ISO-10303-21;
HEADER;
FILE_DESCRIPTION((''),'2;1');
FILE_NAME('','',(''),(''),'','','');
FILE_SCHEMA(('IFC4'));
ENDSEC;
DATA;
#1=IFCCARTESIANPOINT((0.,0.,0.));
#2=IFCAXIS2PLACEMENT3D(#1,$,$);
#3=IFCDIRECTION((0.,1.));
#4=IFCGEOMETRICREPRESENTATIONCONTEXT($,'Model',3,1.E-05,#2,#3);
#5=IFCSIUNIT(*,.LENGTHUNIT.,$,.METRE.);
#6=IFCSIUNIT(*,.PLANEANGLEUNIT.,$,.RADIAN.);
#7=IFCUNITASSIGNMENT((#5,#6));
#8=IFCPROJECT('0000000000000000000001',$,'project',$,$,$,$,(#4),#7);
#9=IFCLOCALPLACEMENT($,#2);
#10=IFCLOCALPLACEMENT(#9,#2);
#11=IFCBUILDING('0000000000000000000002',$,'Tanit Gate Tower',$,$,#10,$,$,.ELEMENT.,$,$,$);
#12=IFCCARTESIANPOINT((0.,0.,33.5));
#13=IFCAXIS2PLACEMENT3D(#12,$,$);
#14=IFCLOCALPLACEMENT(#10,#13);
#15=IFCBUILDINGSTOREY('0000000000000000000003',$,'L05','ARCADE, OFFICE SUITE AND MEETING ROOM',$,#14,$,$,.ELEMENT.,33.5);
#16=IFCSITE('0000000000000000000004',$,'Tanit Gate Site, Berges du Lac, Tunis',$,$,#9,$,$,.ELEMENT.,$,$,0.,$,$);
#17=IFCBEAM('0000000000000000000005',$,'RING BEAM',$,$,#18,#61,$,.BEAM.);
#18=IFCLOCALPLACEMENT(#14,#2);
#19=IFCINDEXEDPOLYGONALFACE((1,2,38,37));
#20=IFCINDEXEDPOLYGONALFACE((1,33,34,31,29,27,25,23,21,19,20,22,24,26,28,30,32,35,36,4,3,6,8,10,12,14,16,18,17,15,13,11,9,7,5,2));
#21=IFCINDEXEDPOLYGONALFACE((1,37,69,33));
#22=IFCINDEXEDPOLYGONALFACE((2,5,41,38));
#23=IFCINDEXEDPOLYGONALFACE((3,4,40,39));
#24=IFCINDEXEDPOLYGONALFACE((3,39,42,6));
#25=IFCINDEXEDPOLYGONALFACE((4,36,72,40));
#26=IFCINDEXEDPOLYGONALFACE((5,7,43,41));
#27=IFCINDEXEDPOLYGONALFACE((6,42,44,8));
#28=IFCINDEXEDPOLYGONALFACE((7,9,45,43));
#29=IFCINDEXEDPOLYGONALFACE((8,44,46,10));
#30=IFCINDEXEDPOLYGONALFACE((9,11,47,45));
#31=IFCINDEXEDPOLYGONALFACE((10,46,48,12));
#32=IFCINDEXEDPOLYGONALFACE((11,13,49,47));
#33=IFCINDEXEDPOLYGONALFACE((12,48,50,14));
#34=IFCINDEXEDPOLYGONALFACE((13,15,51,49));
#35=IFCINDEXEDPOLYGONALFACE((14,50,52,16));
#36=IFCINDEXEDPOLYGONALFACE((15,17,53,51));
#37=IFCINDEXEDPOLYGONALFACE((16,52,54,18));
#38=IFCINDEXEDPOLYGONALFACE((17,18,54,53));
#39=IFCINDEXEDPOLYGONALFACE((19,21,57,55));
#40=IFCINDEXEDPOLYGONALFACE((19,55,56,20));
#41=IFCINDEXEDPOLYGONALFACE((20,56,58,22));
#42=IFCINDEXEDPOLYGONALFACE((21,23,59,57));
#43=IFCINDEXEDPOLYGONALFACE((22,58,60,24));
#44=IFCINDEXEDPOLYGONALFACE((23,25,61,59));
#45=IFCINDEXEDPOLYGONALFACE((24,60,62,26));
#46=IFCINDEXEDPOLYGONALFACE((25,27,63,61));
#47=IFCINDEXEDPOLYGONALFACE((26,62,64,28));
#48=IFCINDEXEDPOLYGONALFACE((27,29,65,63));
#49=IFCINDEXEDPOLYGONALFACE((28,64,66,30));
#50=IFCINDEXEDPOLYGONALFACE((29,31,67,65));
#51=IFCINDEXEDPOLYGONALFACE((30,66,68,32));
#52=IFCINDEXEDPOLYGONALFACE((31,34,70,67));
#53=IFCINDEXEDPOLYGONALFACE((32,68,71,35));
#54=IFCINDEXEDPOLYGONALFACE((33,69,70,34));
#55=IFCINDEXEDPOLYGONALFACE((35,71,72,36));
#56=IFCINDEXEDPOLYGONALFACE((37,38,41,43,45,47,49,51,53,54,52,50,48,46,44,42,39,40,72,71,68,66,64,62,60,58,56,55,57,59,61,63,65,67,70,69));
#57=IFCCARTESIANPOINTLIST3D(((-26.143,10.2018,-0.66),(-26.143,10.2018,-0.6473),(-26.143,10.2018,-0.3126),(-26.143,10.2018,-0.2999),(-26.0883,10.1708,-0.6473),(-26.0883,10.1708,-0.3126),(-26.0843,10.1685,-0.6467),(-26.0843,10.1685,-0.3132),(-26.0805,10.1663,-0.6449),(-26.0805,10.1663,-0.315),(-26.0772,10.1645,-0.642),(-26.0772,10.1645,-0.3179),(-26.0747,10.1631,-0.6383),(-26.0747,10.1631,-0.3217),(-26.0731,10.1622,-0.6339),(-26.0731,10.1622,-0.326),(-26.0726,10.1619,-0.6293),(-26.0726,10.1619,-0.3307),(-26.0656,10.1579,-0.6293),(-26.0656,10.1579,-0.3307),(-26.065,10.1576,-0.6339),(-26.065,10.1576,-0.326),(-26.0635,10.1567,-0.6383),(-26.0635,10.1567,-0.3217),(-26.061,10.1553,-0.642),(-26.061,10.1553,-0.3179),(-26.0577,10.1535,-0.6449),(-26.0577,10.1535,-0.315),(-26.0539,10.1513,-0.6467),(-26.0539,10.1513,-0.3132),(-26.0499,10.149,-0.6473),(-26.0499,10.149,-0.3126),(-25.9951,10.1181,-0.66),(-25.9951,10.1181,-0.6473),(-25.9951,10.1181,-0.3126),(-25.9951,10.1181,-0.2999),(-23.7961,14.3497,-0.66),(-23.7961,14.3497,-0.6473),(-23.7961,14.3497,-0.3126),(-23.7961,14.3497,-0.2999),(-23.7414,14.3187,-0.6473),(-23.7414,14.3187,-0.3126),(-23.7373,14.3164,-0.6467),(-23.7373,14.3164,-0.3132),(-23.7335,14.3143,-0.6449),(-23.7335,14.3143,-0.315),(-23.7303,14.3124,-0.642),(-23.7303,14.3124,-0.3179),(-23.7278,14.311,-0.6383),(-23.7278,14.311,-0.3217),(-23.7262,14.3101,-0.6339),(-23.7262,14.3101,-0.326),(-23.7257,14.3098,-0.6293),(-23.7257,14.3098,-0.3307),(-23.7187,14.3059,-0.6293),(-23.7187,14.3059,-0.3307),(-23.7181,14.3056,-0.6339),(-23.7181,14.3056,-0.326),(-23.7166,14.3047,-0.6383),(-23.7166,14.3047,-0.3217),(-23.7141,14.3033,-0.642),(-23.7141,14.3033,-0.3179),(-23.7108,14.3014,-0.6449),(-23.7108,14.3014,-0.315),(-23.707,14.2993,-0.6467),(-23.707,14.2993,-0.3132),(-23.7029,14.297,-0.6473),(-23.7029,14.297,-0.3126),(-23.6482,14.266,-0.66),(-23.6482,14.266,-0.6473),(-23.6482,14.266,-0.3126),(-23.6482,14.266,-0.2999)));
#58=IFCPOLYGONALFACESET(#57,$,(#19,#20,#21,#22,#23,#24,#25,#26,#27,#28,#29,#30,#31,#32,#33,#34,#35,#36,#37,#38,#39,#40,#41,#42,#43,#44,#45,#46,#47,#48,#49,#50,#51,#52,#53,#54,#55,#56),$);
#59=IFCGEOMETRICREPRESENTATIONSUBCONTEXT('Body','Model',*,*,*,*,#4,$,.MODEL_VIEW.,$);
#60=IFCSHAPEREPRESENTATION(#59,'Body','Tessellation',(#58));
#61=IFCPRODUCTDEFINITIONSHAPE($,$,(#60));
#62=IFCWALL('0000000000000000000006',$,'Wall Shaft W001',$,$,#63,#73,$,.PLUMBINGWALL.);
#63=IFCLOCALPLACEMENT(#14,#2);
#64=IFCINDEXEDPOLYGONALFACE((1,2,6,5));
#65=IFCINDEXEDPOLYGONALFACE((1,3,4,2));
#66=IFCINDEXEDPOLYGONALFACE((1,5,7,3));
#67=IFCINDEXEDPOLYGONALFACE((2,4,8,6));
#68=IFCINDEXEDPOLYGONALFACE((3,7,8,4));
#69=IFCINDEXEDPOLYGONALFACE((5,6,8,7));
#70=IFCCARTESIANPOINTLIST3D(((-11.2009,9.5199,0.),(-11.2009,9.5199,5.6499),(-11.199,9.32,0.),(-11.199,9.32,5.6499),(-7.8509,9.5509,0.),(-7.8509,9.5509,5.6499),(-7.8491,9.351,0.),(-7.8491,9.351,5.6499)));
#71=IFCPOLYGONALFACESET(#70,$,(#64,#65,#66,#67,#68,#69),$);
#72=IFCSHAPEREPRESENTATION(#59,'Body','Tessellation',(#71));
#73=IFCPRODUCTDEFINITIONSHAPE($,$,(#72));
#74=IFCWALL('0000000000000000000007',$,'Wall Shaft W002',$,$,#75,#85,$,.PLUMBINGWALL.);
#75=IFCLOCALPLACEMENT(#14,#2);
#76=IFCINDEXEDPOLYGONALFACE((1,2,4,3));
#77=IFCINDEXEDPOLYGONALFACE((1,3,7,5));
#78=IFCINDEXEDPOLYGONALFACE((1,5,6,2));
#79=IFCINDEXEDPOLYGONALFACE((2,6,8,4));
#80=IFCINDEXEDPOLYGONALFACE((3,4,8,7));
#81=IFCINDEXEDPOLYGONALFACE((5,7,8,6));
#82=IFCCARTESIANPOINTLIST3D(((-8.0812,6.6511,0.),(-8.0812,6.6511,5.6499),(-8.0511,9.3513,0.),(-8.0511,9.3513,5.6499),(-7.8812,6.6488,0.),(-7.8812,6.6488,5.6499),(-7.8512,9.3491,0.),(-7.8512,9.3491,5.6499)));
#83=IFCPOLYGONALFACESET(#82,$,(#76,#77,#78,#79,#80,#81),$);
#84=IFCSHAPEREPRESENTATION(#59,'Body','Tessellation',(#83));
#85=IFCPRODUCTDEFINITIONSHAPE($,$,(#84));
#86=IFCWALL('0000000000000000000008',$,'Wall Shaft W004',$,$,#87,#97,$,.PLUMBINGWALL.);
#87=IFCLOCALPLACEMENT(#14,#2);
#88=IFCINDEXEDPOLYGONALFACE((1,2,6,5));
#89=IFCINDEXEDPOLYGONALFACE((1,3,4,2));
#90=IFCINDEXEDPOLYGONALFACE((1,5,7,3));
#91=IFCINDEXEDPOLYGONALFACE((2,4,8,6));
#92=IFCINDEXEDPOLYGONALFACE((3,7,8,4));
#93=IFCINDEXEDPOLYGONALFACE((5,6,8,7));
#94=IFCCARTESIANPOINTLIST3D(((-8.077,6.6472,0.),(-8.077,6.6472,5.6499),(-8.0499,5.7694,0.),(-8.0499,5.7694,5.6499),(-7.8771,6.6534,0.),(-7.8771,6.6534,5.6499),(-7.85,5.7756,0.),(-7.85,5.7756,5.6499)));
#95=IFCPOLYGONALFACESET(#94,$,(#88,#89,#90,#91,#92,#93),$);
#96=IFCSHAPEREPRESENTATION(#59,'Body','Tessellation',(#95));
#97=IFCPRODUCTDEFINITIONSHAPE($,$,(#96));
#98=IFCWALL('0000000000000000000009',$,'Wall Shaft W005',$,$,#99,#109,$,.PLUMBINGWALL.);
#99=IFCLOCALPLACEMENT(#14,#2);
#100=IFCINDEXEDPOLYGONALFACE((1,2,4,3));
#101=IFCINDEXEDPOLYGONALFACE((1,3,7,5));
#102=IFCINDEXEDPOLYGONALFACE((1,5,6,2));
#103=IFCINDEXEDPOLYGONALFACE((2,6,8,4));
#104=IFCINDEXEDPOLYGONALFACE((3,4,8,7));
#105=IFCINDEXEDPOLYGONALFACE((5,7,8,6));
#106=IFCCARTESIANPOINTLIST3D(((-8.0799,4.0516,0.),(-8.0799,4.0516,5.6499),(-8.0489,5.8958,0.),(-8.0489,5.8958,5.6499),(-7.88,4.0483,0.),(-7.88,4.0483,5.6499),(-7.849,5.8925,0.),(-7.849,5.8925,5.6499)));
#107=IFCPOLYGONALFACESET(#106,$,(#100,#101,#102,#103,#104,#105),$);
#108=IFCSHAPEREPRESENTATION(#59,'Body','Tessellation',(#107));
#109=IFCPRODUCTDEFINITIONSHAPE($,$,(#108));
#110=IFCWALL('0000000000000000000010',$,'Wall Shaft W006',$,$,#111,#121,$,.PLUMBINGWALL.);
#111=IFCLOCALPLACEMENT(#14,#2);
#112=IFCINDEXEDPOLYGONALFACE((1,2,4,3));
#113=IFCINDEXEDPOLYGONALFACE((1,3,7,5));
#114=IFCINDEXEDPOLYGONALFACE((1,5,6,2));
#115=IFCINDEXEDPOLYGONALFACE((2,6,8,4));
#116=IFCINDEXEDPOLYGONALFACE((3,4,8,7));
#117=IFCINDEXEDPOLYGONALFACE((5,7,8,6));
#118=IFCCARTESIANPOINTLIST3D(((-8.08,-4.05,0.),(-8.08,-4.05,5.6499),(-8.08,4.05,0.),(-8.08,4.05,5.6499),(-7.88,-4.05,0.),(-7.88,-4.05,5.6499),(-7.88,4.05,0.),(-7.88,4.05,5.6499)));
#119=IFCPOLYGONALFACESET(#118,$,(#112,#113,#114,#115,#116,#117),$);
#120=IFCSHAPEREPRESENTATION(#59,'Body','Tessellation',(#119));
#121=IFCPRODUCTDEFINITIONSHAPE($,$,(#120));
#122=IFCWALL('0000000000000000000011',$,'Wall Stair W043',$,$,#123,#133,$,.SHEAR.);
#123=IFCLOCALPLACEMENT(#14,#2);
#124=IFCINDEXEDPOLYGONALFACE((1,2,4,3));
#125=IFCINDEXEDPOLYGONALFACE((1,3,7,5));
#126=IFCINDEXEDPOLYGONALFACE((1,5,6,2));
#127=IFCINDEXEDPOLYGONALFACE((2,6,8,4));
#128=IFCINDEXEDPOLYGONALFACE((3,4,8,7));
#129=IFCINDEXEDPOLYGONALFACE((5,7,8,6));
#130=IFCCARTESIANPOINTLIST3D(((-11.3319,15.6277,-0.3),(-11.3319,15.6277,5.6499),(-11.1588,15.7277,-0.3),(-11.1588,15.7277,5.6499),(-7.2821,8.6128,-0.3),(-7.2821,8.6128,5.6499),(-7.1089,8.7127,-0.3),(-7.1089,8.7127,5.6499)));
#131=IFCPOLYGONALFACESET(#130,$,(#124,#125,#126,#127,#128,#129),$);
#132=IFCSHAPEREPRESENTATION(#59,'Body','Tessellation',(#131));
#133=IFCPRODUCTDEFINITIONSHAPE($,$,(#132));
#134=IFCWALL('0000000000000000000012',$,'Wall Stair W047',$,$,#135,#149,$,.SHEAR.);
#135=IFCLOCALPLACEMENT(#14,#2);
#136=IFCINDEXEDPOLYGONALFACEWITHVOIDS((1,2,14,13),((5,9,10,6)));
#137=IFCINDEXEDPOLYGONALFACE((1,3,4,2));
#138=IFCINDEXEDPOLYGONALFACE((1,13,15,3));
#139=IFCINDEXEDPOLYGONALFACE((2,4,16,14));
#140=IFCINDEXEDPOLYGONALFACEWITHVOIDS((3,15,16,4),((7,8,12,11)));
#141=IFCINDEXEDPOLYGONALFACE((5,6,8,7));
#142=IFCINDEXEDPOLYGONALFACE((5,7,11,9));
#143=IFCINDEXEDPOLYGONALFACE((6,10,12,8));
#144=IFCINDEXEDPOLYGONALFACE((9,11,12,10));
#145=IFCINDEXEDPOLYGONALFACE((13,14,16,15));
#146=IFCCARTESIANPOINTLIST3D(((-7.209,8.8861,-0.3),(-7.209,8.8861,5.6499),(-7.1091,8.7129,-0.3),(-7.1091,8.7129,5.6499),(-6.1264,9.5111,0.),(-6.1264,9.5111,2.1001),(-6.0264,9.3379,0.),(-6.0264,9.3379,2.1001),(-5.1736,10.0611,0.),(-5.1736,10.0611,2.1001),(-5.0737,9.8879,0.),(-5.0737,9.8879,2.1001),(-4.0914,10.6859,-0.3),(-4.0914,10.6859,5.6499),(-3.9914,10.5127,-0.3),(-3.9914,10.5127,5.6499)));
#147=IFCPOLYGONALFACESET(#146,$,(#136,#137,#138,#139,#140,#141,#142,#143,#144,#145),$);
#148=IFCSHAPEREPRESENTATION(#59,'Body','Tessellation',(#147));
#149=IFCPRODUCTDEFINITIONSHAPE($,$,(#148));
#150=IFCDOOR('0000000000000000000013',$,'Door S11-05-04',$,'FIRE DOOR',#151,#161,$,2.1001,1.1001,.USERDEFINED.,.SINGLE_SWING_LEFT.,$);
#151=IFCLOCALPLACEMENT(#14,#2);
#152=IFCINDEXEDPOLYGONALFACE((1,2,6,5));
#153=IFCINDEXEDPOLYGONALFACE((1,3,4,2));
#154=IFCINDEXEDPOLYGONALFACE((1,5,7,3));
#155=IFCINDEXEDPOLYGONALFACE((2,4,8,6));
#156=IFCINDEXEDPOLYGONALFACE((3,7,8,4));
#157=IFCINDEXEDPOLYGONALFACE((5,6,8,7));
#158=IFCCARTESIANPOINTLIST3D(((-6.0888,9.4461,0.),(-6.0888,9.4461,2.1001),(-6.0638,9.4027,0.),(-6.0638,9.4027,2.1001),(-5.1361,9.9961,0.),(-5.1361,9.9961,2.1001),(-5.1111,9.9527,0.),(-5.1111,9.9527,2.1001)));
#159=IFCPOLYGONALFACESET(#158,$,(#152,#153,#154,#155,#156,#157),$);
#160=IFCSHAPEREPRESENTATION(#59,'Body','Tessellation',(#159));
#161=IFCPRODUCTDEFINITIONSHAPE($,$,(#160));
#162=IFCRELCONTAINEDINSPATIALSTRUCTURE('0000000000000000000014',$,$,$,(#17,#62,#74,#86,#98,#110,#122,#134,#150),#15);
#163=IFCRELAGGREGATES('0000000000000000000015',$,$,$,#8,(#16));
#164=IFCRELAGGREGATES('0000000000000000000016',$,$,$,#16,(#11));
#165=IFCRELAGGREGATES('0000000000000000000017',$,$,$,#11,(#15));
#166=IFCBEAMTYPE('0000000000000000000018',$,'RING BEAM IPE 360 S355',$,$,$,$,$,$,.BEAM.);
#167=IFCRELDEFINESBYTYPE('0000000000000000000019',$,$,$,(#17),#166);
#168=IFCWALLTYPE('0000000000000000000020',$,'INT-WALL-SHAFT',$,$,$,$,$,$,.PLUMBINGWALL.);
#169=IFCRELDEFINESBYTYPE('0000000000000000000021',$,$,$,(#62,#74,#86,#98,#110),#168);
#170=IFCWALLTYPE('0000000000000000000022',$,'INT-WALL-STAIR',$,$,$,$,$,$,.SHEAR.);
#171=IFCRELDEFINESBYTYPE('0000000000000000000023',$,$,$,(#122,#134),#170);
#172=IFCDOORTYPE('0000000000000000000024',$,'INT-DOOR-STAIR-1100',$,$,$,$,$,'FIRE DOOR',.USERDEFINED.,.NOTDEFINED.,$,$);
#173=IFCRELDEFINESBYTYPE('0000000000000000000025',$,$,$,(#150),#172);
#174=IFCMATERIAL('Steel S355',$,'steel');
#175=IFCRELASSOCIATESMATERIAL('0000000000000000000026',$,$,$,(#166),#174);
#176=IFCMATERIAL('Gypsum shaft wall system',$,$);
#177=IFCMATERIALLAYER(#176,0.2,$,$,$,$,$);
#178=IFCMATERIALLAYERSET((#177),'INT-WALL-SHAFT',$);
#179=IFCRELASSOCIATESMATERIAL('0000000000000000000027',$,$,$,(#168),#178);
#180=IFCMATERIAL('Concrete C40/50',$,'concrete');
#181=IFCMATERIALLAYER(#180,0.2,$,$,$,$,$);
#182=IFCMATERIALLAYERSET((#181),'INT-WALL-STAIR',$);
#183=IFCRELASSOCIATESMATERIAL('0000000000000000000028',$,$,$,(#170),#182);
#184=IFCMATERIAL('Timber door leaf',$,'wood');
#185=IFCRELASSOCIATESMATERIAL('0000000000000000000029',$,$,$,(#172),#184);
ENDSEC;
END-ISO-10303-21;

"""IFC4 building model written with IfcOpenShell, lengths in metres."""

from ifc_helpers import new_model, si_unit, direction, frame, frame_2d, origin, origin_2d, place, context, subcontext, project, spatial, rectangle, i_section, extrude, material, layer, layer_set, material_profile, profile_set, type_object, element, fill, save


model = new_model("IFC4")

# Units and contexts
model_context = context("Model", 3, precision=1e-05, world=origin(), true_north=direction((0.0, 1.0)))
body_context = subcontext(model_context, "Body", "Model", "MODEL_VIEW")
ifc_project = project(units=[si_unit("LENGTHUNIT", "METRE"), si_unit("PLANEANGLEUNIT", "RADIAN")], contexts=[model_context])

# Site, building, storey
site_placement = place(None, origin())
site = spatial("IfcSite", under=ifc_project, at=site_placement, Name="Tanit Gate Site, Berges du Lac, Tunis", CompositionType="ELEMENT", RefElevation=0.0)
building_placement = place(site_placement, origin())
building = spatial("IfcBuilding", under=site, at=building_placement, Name="Tanit Gate Tower", CompositionType="ELEMENT")
storey_placement = place(building_placement, frame((0.0, 0.0, 33.5)))
storey = spatial("IfcBuildingStorey", under=building, at=storey_placement, Name="L05", Description="ARCADE, OFFICE SUITE AND MEETING ROOM", CompositionType="ELEMENT", Elevation=33.5)

# Beam
ifc_material_1 = material(Name="Steel S355", Category="steel")
ifc_material_profile_1 = material_profile(ifc_material_1, i_section(OverallWidth=0.1699, OverallDepth=0.3601, WebThickness=0.0081, FlangeThickness=0.0127, FilletRadius=0.0181, at=origin_2d()), Name="IPE 360")
ifc_profile_set_1 = profile_set([ifc_material_profile_1], Name="Steel S355")
beam_type_1 = type_object("IfcBeamType", Name="RING BEAM IPE 360 S355", PredefinedType="BEAM", material=ifc_profile_set_1)
beam_1_placement = place(storey_placement, frame((-26.0691, 10.1599, -0.48), z_axis=(0.492444, 0.870344, 0.0), x_axis=(-0.870344, 0.492444, 0.0)))
element("IfcBeam", 1, at=beam_1_placement, inside=storey, type_object=beam_type_1, Name="RING BEAM", PredefinedType="BEAM", context=body_context, shape_type="SweptSolid", body=[
    extrude(i_section(OverallWidth=0.1699, OverallDepth=0.3601, WebThickness=0.0081, FlangeThickness=0.0127, FilletRadius=0.0181, at=origin_2d()), origin(), (0.0, 0.0, 1.0), 4.7659),
])

# Walls
ifc_material_2 = material(Name="Gypsum shaft wall system")
ifc_layer_1 = layer(ifc_material_2, 0.2)
ifc_layer_set_1 = layer_set([ifc_layer_1], Name="INT-WALL-SHAFT")
wall_type_1 = type_object("IfcWallType", Name="INT-WALL-SHAFT", PredefinedType="PLUMBINGWALL", material=ifc_layer_set_1)
wall_1_placement = place(storey_placement, frame((-11.2, 9.4199, 0.0), z_axis=(0.0, 0.0, 1.0), x_axis=(0.999957, 0.009255, 0.0)))
element("IfcWall", 2, at=wall_1_placement, inside=storey, type_object=wall_type_1, Name="Wall Shaft W001", PredefinedType="PLUMBINGWALL", context=body_context, shape_type="SweptSolid", body=[
    extrude(rectangle(XDim=3.3501, YDim=0.2, at=frame_2d((1.675, 0.0))), origin(), (0.0, 0.0, 1.0), 5.6499),
])
wall_2_placement = place(storey_placement, frame((-7.9512, 9.3501, 0.0), z_axis=(0.0, 0.0, 1.0), x_axis=(-0.01112, -0.999938, 0.0)))
element("IfcWall", 3, at=wall_2_placement, inside=storey, type_object=wall_type_1, Name="Wall Shaft W002", PredefinedType="PLUMBINGWALL", context=body_context, shape_type="SweptSolid", body=[
    extrude(rectangle(XDim=2.7004, YDim=0.2, at=frame_2d((1.3501, 0.0))), origin(), (0.0, 0.0, 1.0), 5.6499),
])
wall_3_placement = place(storey_placement, frame((-7.9771, 6.6501, 0.0), z_axis=(0.0, 0.0, 1.0), x_axis=(0.030862, -0.999524, 0.0)))
element("IfcWall", 4, at=wall_3_placement, inside=storey, type_object=wall_type_1, Name="Wall Shaft W004", PredefinedType="PLUMBINGWALL", context=body_context, shape_type="SweptSolid", body=[
    extrude(rectangle(XDim=0.8782, YDim=0.2, at=frame_2d((0.439, 0.0))), origin(), (0.0, 0.0, 1.0), 5.6499),
])
wall_4_placement = place(storey_placement, frame((-7.949, 5.8943, 0.0), z_axis=(0.0, 0.0, 1.0), x_axis=(-0.01681, -0.999859, 0.0)))
element("IfcWall", 5, at=wall_4_placement, inside=storey, type_object=wall_type_1, Name="Wall Shaft W005", PredefinedType="PLUMBINGWALL", context=body_context, shape_type="SweptSolid", body=[
    extrude(rectangle(XDim=1.8445, YDim=0.2, at=frame_2d((0.9224, 0.0))), origin(), (0.0, 0.0, 1.0), 5.6499),
])
wall_5_placement = place(storey_placement, frame((-7.98, 4.05, 0.0), z_axis=(0.0, 0.0, 1.0), x_axis=(0.0, -1.0, 0.0)))
element("IfcWall", 6, at=wall_5_placement, inside=storey, type_object=wall_type_1, Name="Wall Shaft W006", PredefinedType="PLUMBINGWALL", context=body_context, shape_type="SweptSolid", body=[
    extrude(rectangle(XDim=8.1001, YDim=0.2, at=frame_2d((4.05, 0.0))), origin(), (0.0, 0.0, 1.0), 5.6499),
])
ifc_material_3 = material(Name="Concrete C40/50", Category="concrete")
ifc_layer_2 = layer(ifc_material_3, 0.2)
ifc_layer_set_2 = layer_set([ifc_layer_2], Name="INT-WALL-STAIR")
wall_type_2 = type_object("IfcWallType", Name="INT-WALL-STAIR", PredefinedType="SHEAR", material=ifc_layer_set_2)
wall_6_placement = place(storey_placement, frame((-11.2454, 15.6777, -0.3), z_axis=(0.0, 0.0, 1.0), x_axis=(0.499977, -0.866039, 0.0)))
element("IfcWall", 7, at=wall_6_placement, inside=storey, type_object=wall_type_2, Name="Wall Stair W043", PredefinedType="SHEAR", context=body_context, shape_type="SweptSolid", body=[
    extrude(rectangle(XDim=8.1001, YDim=0.2, at=frame_2d((4.05, 0.0))), origin(), (0.0, 0.0, 1.0), 5.95),
])

# Wall, opening, door
wall_7_placement = place(storey_placement, frame((-7.1589, 8.7996, -0.3), z_axis=(0.0, 0.0, 1.0), x_axis=(0.866048, 0.499961, 0.0)))
wall_7 = element("IfcWall", 8, at=wall_7_placement, inside=storey, type_object=wall_type_2, Name="Wall Stair W047", PredefinedType="SHEAR", context=body_context, shape_type="SweptSolid", body=[
    extrude(rectangle(XDim=3.5999, YDim=0.2, at=frame_2d((1.7998, 0.0))), origin(), (0.0, 0.0, 1.0), 5.95),
])
opening_1_placement = place(wall_7_placement, frame((1.25, 0.0, 0.3)))
opening_1 = element("IfcOpeningElement", 9, at=opening_1_placement, cuts=wall_7, PredefinedType="OPENING", context=body_context, shape_type="SweptSolid", body=[
    extrude(rectangle(XDim=1.1001, YDim=2.1001, at=frame_2d((0.55, 1.05))), frame((0.0, 0.1099, 0.0), z_axis=(0.0, -1.0, 0.0), x_axis=(1.0, 0.0, 0.0)), (0.0, 0.0, 1.0), 0.22),
])
ifc_material_4 = material(Name="Timber door leaf", Category="wood")
door_type_1 = type_object("IfcDoorType", Name="INT-DOOR-STAIR-1100", ElementType="FIRE DOOR", OperationType="NOTDEFINED", PredefinedType="USERDEFINED", material=ifc_material_4)
door_1_placement = place(opening_1_placement, origin())
door_1 = element("IfcDoor", 10, at=door_1_placement, inside=storey, type_object=door_type_1, Name="Door S11-05-04", ObjectType="FIRE DOOR", OperationType="SINGLE_SWING_LEFT", OverallHeight=2.1001, OverallWidth=1.1001, PredefinedType="USERDEFINED", context=body_context, shape_type="SweptSolid", body=[
    extrude(rectangle(XDim=1.1001, YDim=2.1001, at=frame_2d((0.55, 1.05))), frame((0.0, 0.0249, 0.0), z_axis=(0.0, -1.0, 0.0), x_axis=(1.0, 0.0, 0.0)), (0.0, 0.0, 1.0), 0.05),
])
fill(opening_1, door_1)

save(model, "model.ifc")
